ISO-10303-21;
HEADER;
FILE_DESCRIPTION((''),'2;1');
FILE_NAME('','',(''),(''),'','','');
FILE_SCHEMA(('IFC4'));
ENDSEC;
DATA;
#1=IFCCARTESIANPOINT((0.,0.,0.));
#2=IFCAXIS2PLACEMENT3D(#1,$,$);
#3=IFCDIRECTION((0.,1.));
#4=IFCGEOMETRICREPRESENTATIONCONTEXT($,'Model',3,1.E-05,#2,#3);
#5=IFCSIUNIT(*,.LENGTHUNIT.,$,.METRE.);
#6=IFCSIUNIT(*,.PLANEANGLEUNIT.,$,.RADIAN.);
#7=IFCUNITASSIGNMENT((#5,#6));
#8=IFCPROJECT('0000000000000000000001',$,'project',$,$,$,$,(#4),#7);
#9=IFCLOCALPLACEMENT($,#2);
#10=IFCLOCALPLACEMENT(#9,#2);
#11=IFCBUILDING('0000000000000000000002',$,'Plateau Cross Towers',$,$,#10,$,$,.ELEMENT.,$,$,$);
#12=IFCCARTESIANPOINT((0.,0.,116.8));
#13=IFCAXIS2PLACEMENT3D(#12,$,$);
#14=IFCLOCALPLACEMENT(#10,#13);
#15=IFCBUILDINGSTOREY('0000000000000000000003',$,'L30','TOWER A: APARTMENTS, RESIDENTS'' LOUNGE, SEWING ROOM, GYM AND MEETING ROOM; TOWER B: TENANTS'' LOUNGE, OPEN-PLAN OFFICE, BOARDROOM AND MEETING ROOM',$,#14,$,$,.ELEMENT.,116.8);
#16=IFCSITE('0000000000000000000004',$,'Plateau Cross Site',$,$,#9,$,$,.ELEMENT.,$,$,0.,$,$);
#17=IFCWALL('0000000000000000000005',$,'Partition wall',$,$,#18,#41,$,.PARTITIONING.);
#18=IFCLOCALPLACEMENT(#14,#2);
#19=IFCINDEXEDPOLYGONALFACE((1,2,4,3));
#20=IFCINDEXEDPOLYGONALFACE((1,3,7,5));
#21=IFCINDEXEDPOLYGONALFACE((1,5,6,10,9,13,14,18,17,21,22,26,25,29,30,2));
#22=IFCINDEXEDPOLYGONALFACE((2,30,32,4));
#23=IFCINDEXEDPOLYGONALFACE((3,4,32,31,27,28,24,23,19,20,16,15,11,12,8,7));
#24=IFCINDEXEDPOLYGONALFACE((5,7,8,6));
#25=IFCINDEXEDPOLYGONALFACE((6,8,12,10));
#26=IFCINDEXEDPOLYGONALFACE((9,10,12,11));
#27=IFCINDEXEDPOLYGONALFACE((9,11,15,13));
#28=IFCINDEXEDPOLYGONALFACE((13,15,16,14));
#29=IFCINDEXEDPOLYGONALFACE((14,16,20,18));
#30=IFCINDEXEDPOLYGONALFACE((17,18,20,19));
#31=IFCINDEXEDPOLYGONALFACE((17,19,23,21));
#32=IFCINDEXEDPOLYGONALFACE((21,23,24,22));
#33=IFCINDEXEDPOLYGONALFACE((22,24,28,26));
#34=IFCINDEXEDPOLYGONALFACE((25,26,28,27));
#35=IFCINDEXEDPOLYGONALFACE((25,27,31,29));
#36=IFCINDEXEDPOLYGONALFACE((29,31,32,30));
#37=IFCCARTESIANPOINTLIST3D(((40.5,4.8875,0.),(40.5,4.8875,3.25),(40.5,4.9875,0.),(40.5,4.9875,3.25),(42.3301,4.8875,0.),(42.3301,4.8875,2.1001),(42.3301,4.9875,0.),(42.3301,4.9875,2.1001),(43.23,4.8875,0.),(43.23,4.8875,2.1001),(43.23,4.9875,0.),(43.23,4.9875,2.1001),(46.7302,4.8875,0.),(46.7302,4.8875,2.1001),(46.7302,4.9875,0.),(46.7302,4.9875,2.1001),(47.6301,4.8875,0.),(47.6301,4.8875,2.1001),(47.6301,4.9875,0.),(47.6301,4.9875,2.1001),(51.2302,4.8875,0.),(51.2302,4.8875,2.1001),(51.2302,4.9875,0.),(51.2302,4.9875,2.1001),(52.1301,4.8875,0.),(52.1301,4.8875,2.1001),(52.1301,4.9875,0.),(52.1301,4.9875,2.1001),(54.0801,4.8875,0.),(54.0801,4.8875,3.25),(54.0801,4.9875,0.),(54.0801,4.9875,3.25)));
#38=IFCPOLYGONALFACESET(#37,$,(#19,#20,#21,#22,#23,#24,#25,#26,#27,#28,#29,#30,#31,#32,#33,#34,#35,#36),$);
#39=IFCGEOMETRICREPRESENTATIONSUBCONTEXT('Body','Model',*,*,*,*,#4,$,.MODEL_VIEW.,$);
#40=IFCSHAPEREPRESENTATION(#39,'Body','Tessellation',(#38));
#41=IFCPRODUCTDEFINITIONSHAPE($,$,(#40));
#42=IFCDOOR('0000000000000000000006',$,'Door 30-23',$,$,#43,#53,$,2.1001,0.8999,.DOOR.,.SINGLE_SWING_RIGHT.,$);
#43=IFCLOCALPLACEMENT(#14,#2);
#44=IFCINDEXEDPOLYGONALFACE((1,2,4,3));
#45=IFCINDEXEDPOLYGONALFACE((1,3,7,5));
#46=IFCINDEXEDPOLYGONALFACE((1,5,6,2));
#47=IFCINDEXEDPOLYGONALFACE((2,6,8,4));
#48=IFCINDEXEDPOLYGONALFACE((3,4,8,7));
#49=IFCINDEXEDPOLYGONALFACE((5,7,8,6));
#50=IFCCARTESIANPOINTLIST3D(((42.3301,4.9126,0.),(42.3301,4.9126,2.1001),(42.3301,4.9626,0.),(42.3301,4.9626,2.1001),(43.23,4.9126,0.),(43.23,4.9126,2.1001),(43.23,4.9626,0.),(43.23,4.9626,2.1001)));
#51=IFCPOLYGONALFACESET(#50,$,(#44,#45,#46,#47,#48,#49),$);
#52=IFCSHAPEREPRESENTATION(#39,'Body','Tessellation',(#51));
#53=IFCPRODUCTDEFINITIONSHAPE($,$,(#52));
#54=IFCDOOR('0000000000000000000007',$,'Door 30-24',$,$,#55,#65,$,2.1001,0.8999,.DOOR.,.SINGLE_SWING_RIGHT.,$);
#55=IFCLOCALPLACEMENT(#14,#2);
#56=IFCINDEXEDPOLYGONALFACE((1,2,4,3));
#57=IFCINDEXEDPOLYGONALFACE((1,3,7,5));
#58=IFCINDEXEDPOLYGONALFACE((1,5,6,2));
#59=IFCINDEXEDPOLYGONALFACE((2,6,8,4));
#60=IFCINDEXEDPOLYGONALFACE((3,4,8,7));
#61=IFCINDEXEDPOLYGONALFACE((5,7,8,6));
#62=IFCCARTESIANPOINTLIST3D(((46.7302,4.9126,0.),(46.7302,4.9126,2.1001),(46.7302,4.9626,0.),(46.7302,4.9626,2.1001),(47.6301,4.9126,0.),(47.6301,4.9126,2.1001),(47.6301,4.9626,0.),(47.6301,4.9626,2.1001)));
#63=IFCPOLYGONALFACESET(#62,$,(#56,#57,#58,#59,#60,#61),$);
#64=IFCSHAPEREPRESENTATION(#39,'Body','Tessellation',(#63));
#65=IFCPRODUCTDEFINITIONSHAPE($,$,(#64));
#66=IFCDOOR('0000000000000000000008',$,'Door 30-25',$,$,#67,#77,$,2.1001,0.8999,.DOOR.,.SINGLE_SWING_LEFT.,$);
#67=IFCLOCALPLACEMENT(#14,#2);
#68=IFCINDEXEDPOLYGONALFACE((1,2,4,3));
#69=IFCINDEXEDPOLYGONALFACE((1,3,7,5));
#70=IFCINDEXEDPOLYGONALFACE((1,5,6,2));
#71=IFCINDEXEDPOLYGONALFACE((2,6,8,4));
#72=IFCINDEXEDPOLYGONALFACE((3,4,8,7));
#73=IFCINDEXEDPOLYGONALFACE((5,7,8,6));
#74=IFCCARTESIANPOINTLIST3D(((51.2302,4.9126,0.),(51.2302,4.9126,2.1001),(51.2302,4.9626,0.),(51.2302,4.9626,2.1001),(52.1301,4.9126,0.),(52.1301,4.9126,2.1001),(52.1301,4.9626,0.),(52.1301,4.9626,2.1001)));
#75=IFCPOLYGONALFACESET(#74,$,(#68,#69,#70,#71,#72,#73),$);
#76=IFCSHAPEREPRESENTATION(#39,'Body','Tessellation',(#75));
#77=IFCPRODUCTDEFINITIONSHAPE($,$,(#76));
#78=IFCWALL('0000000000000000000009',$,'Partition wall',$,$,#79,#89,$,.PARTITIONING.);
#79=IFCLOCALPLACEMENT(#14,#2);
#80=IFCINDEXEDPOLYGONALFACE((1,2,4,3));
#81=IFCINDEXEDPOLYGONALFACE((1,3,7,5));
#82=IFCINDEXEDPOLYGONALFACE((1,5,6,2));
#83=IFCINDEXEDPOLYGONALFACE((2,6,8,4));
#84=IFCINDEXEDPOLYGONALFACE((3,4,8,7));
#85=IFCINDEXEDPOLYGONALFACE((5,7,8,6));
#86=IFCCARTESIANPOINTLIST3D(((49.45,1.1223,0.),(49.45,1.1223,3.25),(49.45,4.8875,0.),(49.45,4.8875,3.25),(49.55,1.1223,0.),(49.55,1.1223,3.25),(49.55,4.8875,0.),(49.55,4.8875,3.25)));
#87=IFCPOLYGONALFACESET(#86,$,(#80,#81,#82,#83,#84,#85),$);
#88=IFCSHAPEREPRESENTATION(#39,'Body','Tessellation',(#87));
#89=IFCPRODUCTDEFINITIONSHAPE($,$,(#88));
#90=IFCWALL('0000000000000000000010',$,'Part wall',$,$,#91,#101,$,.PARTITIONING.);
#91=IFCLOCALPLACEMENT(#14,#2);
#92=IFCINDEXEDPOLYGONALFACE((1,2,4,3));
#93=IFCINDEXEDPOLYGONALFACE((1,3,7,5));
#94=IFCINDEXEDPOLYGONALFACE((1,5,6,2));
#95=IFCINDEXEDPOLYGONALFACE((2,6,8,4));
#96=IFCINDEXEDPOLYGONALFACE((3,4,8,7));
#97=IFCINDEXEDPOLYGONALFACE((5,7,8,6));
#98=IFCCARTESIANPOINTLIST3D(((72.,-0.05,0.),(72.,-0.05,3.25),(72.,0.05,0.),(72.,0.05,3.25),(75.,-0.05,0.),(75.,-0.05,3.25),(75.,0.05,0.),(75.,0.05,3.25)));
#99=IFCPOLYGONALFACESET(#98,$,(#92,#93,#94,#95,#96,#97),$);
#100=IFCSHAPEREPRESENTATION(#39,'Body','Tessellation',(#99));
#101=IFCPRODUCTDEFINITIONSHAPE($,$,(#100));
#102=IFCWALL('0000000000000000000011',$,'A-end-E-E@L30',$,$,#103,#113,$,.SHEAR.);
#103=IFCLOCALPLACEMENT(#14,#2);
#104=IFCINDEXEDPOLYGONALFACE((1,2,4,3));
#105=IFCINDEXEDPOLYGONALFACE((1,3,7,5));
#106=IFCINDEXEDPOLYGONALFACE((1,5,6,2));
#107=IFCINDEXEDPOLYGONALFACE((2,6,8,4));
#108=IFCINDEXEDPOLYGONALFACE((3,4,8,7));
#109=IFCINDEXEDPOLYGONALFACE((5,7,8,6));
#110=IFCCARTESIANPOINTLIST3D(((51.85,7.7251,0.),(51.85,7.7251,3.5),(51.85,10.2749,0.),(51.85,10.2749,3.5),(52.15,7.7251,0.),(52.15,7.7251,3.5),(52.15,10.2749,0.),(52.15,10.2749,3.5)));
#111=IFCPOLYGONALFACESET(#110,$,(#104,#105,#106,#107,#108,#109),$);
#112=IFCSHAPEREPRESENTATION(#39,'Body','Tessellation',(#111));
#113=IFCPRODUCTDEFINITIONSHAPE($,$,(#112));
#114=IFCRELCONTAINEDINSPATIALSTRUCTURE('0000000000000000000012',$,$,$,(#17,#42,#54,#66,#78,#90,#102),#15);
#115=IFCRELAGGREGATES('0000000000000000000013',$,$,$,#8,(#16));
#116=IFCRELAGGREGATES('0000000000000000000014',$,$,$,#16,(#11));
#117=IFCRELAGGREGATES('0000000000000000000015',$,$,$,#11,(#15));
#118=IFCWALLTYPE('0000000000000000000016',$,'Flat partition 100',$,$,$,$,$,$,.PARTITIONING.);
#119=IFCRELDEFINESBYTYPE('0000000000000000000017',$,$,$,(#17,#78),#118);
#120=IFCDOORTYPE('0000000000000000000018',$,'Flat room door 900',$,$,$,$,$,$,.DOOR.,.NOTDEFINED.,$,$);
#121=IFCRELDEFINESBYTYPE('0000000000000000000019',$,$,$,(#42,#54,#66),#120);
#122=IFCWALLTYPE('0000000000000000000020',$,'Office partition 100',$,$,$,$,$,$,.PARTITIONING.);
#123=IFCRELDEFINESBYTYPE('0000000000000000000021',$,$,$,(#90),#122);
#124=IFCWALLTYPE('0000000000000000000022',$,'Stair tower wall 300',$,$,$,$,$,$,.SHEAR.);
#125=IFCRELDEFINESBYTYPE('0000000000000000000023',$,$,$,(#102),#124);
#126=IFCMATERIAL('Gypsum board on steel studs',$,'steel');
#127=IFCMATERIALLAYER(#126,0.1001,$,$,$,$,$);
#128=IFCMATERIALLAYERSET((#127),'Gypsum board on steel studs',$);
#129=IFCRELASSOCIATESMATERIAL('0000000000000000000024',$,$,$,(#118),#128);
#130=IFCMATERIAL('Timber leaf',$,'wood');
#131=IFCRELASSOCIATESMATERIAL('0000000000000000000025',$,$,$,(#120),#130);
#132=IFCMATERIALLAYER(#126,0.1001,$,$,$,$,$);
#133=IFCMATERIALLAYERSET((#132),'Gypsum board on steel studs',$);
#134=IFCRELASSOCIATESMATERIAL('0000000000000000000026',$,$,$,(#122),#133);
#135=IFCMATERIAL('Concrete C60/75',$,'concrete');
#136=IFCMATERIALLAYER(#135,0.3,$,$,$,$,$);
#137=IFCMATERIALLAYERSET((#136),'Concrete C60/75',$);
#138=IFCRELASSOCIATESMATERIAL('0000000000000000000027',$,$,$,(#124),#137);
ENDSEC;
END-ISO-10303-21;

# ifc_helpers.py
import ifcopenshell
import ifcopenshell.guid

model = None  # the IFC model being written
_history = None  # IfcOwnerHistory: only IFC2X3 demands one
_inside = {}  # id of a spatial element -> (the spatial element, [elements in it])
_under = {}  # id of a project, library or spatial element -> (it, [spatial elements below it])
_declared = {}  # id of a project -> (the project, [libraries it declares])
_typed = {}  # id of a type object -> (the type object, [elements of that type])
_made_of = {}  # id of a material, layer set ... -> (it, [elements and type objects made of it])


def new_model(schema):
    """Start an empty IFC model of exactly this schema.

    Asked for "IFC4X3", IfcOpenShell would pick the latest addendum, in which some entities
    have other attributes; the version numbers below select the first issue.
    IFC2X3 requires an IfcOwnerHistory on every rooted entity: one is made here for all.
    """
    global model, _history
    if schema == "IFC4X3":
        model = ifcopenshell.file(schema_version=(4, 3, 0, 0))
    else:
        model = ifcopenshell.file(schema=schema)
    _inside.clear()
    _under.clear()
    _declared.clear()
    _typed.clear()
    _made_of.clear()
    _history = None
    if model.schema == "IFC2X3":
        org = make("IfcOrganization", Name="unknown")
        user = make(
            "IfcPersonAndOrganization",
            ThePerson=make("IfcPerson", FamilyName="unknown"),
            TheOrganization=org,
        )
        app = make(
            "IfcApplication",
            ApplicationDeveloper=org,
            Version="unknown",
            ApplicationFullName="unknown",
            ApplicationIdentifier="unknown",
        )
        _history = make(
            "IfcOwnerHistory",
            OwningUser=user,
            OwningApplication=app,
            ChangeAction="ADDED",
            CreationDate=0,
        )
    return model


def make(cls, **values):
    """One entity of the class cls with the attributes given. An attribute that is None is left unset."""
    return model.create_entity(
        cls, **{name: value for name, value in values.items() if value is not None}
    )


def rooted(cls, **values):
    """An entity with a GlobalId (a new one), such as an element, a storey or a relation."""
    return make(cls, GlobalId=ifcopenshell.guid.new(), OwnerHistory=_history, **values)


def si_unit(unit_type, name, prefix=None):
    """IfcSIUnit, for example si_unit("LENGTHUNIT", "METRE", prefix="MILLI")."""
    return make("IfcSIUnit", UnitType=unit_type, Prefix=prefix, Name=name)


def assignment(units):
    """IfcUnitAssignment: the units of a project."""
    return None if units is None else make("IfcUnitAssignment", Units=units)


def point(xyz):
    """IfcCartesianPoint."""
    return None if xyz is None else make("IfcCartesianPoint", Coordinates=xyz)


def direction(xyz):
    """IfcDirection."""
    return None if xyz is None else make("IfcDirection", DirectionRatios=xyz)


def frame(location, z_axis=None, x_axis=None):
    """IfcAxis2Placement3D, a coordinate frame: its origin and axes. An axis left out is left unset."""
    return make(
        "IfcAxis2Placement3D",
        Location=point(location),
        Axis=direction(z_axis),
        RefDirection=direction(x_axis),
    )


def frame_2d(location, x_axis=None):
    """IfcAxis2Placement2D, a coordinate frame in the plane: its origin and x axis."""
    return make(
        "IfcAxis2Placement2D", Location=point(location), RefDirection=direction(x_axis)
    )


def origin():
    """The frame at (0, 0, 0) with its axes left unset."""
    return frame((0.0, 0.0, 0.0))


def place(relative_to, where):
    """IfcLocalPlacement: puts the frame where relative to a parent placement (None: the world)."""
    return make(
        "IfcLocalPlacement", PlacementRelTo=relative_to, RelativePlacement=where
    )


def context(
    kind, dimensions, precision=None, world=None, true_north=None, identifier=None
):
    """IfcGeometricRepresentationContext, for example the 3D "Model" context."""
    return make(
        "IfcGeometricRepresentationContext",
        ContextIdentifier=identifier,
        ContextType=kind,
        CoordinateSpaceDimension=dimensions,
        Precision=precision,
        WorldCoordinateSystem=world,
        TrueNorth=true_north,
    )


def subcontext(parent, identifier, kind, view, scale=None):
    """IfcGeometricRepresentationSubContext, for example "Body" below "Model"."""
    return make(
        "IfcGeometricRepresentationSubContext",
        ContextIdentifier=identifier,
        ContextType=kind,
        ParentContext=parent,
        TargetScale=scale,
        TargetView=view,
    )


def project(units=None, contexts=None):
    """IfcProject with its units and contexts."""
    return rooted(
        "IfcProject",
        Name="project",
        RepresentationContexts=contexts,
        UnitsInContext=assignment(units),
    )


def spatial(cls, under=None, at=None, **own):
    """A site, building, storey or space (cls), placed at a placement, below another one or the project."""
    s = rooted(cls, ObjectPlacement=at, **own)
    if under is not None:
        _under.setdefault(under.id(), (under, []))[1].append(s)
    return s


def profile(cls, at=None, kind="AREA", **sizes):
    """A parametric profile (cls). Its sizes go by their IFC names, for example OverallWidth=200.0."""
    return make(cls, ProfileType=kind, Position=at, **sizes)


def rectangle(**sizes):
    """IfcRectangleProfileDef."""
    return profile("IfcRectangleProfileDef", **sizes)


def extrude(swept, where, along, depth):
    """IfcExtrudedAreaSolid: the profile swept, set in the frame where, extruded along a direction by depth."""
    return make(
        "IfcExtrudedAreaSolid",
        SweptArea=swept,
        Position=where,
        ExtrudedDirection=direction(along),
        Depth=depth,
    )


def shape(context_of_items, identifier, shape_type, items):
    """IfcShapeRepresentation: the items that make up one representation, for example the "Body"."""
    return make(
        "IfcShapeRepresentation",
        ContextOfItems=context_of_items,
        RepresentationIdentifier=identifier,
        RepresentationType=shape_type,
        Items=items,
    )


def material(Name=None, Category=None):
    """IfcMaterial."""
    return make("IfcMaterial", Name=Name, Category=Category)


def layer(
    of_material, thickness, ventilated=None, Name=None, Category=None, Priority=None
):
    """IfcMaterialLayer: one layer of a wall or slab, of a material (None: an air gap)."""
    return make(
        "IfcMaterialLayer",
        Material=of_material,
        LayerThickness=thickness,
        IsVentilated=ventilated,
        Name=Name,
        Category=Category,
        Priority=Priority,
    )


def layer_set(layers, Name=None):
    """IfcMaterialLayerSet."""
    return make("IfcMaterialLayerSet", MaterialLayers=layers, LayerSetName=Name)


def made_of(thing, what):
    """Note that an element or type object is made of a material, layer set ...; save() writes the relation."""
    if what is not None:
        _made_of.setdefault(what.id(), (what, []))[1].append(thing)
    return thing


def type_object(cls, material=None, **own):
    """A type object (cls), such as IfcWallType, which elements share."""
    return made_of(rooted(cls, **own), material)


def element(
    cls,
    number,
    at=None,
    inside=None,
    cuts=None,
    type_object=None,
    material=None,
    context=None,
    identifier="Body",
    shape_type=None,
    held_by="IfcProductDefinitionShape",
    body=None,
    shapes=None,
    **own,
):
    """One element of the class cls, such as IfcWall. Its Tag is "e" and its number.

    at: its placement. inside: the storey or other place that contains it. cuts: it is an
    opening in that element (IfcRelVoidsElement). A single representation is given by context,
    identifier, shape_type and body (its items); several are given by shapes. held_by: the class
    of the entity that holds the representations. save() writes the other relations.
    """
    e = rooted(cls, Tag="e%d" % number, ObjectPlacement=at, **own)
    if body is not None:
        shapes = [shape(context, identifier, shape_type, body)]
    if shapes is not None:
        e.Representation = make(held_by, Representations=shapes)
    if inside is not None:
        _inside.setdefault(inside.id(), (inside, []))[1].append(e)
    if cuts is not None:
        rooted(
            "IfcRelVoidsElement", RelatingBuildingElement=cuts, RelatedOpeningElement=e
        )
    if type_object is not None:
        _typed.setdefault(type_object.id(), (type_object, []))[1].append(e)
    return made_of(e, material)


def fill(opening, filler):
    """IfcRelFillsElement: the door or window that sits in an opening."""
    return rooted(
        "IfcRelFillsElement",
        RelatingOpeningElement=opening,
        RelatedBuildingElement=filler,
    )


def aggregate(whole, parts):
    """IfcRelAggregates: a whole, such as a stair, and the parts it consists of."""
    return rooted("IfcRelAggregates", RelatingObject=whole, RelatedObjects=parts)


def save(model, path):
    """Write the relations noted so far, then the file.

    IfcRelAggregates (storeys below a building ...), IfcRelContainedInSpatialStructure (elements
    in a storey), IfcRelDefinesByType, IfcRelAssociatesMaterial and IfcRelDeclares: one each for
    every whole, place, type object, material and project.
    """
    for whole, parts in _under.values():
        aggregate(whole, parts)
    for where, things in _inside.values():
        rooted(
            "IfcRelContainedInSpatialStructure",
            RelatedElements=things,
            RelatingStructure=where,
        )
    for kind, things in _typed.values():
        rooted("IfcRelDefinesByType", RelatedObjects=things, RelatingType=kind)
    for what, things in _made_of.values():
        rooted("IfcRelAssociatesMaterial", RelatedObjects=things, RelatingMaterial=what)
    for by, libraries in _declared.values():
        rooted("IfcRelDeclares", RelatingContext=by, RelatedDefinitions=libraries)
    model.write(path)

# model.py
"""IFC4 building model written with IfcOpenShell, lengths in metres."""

from ifc_helpers import new_model, si_unit, direction, frame, frame_2d, origin, place, context, subcontext, project, spatial, rectangle, extrude, material, layer, layer_set, type_object, element, fill, save


model = new_model("IFC4")

# Units and contexts
model_context = context("Model", 3, precision=1e-05, world=origin(), true_north=direction((0.0, 1.0)))
body_context = subcontext(model_context, "Body", "Model", "MODEL_VIEW")
ifc_project = project(units=[si_unit("LENGTHUNIT", "METRE"), si_unit("PLANEANGLEUNIT", "RADIAN")], contexts=[model_context])

# Site, building, storey
site_placement = place(None, origin())
site = spatial("IfcSite", under=ifc_project, at=site_placement, Name="Plateau Cross Site", CompositionType="ELEMENT", RefElevation=0.0)
building_placement = place(site_placement, origin())
building = spatial("IfcBuilding", under=site, at=building_placement, Name="Plateau Cross Towers", CompositionType="ELEMENT")
storey_placement = place(building_placement, frame((0.0, 0.0, 116.8)))
storey = spatial("IfcBuildingStorey", under=building, at=storey_placement, Name="L30", Description="TOWER A: APARTMENTS, RESIDENTS' LOUNGE, SEWING ROOM, GYM AND MEETING ROOM; TOWER B: TENANTS' LOUNGE, OPEN-PLAN OFFICE, BOARDROOM AND MEETING ROOM", CompositionType="ELEMENT", Elevation=116.8)

# Shared definitions
ifc_material_1 = material(Name="Concrete C60/75", Category="concrete")

# Wall, openings, doors
ifc_material_2 = material(Name="Timber leaf", Category="wood")
ifc_material_3 = material(Name="Gypsum board on steel studs", Category="steel")
ifc_layer_1 = layer(ifc_material_3, 0.1001)
ifc_layer_set_1 = layer_set([ifc_layer_1], Name="Gypsum board on steel studs")
wall_type_1 = type_object("IfcWallType", Name="Flat partition 100", PredefinedType="PARTITIONING", material=ifc_layer_set_1)
wall_1_placement = place(storey_placement, frame((54.0801, 4.9375, 0.0), z_axis=(0.0, 0.0, 1.0), x_axis=(-1.0, 0.0, 0.0)))
wall_1 = element("IfcWall", 1, at=wall_1_placement, inside=storey, type_object=wall_type_1, Name="Partition wall", PredefinedType="PARTITIONING", context=body_context, shape_type="SweptSolid", body=[
    extrude(rectangle(XDim=13.5801, YDim=0.1001, at=frame_2d((6.79, 0.0))), origin(), (0.0, 0.0, 1.0), 3.25),
])
opening_1_placement = place(wall_1_placement, frame((10.8501, 0.0, 0.0)))
opening_1 = element("IfcOpeningElement", 2, at=opening_1_placement, cuts=wall_1, PredefinedType="OPENING", context=body_context, shape_type="SweptSolid", body=[
    extrude(rectangle(XDim=0.8999, YDim=2.1001, at=frame_2d((0.45, 1.05))), frame((0.0, 0.0601, 0.0), z_axis=(0.0, -1.0, 0.0), x_axis=(1.0, 0.0, 0.0)), (0.0, 0.0, 1.0), 0.1201),
])
opening_2_placement = place(wall_1_placement, frame((6.45, 0.0, 0.0)))
opening_2 = element("IfcOpeningElement", 3, at=opening_2_placement, cuts=wall_1, PredefinedType="OPENING", context=body_context, shape_type="SweptSolid", body=[
    extrude(rectangle(XDim=0.8999, YDim=2.1001, at=frame_2d((0.45, 1.05))), frame((0.0, 0.0601, 0.0), z_axis=(0.0, -1.0, 0.0), x_axis=(1.0, 0.0, 0.0)), (0.0, 0.0, 1.0), 0.1201),
])
opening_3_placement = place(wall_1_placement, frame((1.95, 0.0, 0.0)))
opening_3 = element("IfcOpeningElement", 4, at=opening_3_placement, cuts=wall_1, PredefinedType="OPENING", context=body_context, shape_type="SweptSolid", body=[
    extrude(rectangle(XDim=0.8999, YDim=2.1001, at=frame_2d((0.45, 1.05))), frame((0.0, 0.0601, 0.0), z_axis=(0.0, -1.0, 0.0), x_axis=(1.0, 0.0, 0.0)), (0.0, 0.0, 1.0), 0.1201),
])
door_type_1 = type_object("IfcDoorType", Name="Flat room door 900", OperationType="NOTDEFINED", PredefinedType="DOOR", material=ifc_material_2)
door_1_placement = place(opening_1_placement, origin())
door_1 = element("IfcDoor", 5, at=door_1_placement, inside=storey, type_object=door_type_1, Name="Door 30-23", OperationType="SINGLE_SWING_RIGHT", OverallHeight=2.1001, OverallWidth=0.8999, PredefinedType="DOOR", context=body_context, shape_type="SweptSolid", body=[
    extrude(rectangle(XDim=0.8999, YDim=2.1001, at=frame_2d((0.45, 1.05))), frame((0.0, 0.0249, 0.0), z_axis=(0.0, -1.0, 0.0), x_axis=(1.0, 0.0, 0.0)), (0.0, 0.0, 1.0), 0.05),
])
fill(opening_1, door_1)
door_2_placement = place(opening_2_placement, origin())
door_2 = element("IfcDoor", 6, at=door_2_placement, inside=storey, type_object=door_type_1, Name="Door 30-24", OperationType="SINGLE_SWING_RIGHT", OverallHeight=2.1001, OverallWidth=0.8999, PredefinedType="DOOR", context=body_context, shape_type="SweptSolid", body=[
    extrude(rectangle(XDim=0.8999, YDim=2.1001, at=frame_2d((0.45, 1.05))), frame((0.0, 0.0249, 0.0), z_axis=(0.0, -1.0, 0.0), x_axis=(1.0, 0.0, 0.0)), (0.0, 0.0, 1.0), 0.05),
])
fill(opening_2, door_2)
door_3_placement = place(opening_3_placement, origin())
door_3 = element("IfcDoor", 7, at=door_3_placement, inside=storey, type_object=door_type_1, Name="Door 30-25", OperationType="SINGLE_SWING_LEFT", OverallHeight=2.1001, OverallWidth=0.8999, PredefinedType="DOOR", context=body_context, shape_type="SweptSolid", body=[
    extrude(rectangle(XDim=0.8999, YDim=2.1001, at=frame_2d((0.45, 1.05))), frame((0.0, 0.0249, 0.0), z_axis=(0.0, -1.0, 0.0), x_axis=(1.0, 0.0, 0.0)), (0.0, 0.0, 1.0), 0.05),
])
fill(opening_3, door_3)

# Walls
wall_2_placement = place(storey_placement, frame((49.5, 1.1223, 0.0), z_axis=(0.0, 0.0, 1.0), x_axis=(0.0, 1.0, 0.0)))
element("IfcWall", 8, at=wall_2_placement, inside=storey, type_object=wall_type_1, Name="Partition wall", PredefinedType="PARTITIONING", context=body_context, shape_type="SweptSolid", body=[
    extrude(rectangle(XDim=3.7651, YDim=0.1001, at=frame_2d((1.8826, 0.0))), origin(), (0.0, 0.0, 1.0), 3.25),
])
ifc_layer_2 = layer(ifc_material_3, 0.1001)
ifc_layer_set_2 = layer_set([ifc_layer_2], Name="Gypsum board on steel studs")
wall_type_2 = type_object("IfcWallType", Name="Office partition 100", PredefinedType="PARTITIONING", material=ifc_layer_set_2)
wall_3_placement = place(storey_placement, frame((72.0, 0.0, 0.0), z_axis=(0.0, 0.0, 1.0), x_axis=(1.0, 0.0, 0.0)))
element("IfcWall", 9, at=wall_3_placement, inside=storey, type_object=wall_type_2, Name="Part wall", PredefinedType="PARTITIONING", context=body_context, shape_type="SweptSolid", body=[
    extrude(rectangle(XDim=3.0, YDim=0.1001, at=frame_2d((1.5, 0.0))), origin(), (0.0, 0.0, 1.0), 3.25),
])
ifc_layer_3 = layer(ifc_material_1, 0.3)
ifc_layer_set_3 = layer_set([ifc_layer_3], Name="Concrete C60/75")
wall_type_3 = type_object("IfcWallType", Name="Stair tower wall 300", PredefinedType="SHEAR", material=ifc_layer_set_3)
wall_4_placement = place(storey_placement, frame((52.0, 7.7251, 0.0), z_axis=(0.0, 0.0, 1.0), x_axis=(0.0, 1.0, 0.0)))
element("IfcWall", 10, at=wall_4_placement, inside=storey, type_object=wall_type_3, Name="A-end-E-E@L30", PredefinedType="SHEAR", context=body_context, shape_type="SweptSolid", body=[
    extrude(rectangle(XDim=2.5498, YDim=0.3, at=frame_2d((1.2749, 0.0))), origin(), (0.0, 0.0, 1.0), 3.5),
])

save(model, "model.ifc")
